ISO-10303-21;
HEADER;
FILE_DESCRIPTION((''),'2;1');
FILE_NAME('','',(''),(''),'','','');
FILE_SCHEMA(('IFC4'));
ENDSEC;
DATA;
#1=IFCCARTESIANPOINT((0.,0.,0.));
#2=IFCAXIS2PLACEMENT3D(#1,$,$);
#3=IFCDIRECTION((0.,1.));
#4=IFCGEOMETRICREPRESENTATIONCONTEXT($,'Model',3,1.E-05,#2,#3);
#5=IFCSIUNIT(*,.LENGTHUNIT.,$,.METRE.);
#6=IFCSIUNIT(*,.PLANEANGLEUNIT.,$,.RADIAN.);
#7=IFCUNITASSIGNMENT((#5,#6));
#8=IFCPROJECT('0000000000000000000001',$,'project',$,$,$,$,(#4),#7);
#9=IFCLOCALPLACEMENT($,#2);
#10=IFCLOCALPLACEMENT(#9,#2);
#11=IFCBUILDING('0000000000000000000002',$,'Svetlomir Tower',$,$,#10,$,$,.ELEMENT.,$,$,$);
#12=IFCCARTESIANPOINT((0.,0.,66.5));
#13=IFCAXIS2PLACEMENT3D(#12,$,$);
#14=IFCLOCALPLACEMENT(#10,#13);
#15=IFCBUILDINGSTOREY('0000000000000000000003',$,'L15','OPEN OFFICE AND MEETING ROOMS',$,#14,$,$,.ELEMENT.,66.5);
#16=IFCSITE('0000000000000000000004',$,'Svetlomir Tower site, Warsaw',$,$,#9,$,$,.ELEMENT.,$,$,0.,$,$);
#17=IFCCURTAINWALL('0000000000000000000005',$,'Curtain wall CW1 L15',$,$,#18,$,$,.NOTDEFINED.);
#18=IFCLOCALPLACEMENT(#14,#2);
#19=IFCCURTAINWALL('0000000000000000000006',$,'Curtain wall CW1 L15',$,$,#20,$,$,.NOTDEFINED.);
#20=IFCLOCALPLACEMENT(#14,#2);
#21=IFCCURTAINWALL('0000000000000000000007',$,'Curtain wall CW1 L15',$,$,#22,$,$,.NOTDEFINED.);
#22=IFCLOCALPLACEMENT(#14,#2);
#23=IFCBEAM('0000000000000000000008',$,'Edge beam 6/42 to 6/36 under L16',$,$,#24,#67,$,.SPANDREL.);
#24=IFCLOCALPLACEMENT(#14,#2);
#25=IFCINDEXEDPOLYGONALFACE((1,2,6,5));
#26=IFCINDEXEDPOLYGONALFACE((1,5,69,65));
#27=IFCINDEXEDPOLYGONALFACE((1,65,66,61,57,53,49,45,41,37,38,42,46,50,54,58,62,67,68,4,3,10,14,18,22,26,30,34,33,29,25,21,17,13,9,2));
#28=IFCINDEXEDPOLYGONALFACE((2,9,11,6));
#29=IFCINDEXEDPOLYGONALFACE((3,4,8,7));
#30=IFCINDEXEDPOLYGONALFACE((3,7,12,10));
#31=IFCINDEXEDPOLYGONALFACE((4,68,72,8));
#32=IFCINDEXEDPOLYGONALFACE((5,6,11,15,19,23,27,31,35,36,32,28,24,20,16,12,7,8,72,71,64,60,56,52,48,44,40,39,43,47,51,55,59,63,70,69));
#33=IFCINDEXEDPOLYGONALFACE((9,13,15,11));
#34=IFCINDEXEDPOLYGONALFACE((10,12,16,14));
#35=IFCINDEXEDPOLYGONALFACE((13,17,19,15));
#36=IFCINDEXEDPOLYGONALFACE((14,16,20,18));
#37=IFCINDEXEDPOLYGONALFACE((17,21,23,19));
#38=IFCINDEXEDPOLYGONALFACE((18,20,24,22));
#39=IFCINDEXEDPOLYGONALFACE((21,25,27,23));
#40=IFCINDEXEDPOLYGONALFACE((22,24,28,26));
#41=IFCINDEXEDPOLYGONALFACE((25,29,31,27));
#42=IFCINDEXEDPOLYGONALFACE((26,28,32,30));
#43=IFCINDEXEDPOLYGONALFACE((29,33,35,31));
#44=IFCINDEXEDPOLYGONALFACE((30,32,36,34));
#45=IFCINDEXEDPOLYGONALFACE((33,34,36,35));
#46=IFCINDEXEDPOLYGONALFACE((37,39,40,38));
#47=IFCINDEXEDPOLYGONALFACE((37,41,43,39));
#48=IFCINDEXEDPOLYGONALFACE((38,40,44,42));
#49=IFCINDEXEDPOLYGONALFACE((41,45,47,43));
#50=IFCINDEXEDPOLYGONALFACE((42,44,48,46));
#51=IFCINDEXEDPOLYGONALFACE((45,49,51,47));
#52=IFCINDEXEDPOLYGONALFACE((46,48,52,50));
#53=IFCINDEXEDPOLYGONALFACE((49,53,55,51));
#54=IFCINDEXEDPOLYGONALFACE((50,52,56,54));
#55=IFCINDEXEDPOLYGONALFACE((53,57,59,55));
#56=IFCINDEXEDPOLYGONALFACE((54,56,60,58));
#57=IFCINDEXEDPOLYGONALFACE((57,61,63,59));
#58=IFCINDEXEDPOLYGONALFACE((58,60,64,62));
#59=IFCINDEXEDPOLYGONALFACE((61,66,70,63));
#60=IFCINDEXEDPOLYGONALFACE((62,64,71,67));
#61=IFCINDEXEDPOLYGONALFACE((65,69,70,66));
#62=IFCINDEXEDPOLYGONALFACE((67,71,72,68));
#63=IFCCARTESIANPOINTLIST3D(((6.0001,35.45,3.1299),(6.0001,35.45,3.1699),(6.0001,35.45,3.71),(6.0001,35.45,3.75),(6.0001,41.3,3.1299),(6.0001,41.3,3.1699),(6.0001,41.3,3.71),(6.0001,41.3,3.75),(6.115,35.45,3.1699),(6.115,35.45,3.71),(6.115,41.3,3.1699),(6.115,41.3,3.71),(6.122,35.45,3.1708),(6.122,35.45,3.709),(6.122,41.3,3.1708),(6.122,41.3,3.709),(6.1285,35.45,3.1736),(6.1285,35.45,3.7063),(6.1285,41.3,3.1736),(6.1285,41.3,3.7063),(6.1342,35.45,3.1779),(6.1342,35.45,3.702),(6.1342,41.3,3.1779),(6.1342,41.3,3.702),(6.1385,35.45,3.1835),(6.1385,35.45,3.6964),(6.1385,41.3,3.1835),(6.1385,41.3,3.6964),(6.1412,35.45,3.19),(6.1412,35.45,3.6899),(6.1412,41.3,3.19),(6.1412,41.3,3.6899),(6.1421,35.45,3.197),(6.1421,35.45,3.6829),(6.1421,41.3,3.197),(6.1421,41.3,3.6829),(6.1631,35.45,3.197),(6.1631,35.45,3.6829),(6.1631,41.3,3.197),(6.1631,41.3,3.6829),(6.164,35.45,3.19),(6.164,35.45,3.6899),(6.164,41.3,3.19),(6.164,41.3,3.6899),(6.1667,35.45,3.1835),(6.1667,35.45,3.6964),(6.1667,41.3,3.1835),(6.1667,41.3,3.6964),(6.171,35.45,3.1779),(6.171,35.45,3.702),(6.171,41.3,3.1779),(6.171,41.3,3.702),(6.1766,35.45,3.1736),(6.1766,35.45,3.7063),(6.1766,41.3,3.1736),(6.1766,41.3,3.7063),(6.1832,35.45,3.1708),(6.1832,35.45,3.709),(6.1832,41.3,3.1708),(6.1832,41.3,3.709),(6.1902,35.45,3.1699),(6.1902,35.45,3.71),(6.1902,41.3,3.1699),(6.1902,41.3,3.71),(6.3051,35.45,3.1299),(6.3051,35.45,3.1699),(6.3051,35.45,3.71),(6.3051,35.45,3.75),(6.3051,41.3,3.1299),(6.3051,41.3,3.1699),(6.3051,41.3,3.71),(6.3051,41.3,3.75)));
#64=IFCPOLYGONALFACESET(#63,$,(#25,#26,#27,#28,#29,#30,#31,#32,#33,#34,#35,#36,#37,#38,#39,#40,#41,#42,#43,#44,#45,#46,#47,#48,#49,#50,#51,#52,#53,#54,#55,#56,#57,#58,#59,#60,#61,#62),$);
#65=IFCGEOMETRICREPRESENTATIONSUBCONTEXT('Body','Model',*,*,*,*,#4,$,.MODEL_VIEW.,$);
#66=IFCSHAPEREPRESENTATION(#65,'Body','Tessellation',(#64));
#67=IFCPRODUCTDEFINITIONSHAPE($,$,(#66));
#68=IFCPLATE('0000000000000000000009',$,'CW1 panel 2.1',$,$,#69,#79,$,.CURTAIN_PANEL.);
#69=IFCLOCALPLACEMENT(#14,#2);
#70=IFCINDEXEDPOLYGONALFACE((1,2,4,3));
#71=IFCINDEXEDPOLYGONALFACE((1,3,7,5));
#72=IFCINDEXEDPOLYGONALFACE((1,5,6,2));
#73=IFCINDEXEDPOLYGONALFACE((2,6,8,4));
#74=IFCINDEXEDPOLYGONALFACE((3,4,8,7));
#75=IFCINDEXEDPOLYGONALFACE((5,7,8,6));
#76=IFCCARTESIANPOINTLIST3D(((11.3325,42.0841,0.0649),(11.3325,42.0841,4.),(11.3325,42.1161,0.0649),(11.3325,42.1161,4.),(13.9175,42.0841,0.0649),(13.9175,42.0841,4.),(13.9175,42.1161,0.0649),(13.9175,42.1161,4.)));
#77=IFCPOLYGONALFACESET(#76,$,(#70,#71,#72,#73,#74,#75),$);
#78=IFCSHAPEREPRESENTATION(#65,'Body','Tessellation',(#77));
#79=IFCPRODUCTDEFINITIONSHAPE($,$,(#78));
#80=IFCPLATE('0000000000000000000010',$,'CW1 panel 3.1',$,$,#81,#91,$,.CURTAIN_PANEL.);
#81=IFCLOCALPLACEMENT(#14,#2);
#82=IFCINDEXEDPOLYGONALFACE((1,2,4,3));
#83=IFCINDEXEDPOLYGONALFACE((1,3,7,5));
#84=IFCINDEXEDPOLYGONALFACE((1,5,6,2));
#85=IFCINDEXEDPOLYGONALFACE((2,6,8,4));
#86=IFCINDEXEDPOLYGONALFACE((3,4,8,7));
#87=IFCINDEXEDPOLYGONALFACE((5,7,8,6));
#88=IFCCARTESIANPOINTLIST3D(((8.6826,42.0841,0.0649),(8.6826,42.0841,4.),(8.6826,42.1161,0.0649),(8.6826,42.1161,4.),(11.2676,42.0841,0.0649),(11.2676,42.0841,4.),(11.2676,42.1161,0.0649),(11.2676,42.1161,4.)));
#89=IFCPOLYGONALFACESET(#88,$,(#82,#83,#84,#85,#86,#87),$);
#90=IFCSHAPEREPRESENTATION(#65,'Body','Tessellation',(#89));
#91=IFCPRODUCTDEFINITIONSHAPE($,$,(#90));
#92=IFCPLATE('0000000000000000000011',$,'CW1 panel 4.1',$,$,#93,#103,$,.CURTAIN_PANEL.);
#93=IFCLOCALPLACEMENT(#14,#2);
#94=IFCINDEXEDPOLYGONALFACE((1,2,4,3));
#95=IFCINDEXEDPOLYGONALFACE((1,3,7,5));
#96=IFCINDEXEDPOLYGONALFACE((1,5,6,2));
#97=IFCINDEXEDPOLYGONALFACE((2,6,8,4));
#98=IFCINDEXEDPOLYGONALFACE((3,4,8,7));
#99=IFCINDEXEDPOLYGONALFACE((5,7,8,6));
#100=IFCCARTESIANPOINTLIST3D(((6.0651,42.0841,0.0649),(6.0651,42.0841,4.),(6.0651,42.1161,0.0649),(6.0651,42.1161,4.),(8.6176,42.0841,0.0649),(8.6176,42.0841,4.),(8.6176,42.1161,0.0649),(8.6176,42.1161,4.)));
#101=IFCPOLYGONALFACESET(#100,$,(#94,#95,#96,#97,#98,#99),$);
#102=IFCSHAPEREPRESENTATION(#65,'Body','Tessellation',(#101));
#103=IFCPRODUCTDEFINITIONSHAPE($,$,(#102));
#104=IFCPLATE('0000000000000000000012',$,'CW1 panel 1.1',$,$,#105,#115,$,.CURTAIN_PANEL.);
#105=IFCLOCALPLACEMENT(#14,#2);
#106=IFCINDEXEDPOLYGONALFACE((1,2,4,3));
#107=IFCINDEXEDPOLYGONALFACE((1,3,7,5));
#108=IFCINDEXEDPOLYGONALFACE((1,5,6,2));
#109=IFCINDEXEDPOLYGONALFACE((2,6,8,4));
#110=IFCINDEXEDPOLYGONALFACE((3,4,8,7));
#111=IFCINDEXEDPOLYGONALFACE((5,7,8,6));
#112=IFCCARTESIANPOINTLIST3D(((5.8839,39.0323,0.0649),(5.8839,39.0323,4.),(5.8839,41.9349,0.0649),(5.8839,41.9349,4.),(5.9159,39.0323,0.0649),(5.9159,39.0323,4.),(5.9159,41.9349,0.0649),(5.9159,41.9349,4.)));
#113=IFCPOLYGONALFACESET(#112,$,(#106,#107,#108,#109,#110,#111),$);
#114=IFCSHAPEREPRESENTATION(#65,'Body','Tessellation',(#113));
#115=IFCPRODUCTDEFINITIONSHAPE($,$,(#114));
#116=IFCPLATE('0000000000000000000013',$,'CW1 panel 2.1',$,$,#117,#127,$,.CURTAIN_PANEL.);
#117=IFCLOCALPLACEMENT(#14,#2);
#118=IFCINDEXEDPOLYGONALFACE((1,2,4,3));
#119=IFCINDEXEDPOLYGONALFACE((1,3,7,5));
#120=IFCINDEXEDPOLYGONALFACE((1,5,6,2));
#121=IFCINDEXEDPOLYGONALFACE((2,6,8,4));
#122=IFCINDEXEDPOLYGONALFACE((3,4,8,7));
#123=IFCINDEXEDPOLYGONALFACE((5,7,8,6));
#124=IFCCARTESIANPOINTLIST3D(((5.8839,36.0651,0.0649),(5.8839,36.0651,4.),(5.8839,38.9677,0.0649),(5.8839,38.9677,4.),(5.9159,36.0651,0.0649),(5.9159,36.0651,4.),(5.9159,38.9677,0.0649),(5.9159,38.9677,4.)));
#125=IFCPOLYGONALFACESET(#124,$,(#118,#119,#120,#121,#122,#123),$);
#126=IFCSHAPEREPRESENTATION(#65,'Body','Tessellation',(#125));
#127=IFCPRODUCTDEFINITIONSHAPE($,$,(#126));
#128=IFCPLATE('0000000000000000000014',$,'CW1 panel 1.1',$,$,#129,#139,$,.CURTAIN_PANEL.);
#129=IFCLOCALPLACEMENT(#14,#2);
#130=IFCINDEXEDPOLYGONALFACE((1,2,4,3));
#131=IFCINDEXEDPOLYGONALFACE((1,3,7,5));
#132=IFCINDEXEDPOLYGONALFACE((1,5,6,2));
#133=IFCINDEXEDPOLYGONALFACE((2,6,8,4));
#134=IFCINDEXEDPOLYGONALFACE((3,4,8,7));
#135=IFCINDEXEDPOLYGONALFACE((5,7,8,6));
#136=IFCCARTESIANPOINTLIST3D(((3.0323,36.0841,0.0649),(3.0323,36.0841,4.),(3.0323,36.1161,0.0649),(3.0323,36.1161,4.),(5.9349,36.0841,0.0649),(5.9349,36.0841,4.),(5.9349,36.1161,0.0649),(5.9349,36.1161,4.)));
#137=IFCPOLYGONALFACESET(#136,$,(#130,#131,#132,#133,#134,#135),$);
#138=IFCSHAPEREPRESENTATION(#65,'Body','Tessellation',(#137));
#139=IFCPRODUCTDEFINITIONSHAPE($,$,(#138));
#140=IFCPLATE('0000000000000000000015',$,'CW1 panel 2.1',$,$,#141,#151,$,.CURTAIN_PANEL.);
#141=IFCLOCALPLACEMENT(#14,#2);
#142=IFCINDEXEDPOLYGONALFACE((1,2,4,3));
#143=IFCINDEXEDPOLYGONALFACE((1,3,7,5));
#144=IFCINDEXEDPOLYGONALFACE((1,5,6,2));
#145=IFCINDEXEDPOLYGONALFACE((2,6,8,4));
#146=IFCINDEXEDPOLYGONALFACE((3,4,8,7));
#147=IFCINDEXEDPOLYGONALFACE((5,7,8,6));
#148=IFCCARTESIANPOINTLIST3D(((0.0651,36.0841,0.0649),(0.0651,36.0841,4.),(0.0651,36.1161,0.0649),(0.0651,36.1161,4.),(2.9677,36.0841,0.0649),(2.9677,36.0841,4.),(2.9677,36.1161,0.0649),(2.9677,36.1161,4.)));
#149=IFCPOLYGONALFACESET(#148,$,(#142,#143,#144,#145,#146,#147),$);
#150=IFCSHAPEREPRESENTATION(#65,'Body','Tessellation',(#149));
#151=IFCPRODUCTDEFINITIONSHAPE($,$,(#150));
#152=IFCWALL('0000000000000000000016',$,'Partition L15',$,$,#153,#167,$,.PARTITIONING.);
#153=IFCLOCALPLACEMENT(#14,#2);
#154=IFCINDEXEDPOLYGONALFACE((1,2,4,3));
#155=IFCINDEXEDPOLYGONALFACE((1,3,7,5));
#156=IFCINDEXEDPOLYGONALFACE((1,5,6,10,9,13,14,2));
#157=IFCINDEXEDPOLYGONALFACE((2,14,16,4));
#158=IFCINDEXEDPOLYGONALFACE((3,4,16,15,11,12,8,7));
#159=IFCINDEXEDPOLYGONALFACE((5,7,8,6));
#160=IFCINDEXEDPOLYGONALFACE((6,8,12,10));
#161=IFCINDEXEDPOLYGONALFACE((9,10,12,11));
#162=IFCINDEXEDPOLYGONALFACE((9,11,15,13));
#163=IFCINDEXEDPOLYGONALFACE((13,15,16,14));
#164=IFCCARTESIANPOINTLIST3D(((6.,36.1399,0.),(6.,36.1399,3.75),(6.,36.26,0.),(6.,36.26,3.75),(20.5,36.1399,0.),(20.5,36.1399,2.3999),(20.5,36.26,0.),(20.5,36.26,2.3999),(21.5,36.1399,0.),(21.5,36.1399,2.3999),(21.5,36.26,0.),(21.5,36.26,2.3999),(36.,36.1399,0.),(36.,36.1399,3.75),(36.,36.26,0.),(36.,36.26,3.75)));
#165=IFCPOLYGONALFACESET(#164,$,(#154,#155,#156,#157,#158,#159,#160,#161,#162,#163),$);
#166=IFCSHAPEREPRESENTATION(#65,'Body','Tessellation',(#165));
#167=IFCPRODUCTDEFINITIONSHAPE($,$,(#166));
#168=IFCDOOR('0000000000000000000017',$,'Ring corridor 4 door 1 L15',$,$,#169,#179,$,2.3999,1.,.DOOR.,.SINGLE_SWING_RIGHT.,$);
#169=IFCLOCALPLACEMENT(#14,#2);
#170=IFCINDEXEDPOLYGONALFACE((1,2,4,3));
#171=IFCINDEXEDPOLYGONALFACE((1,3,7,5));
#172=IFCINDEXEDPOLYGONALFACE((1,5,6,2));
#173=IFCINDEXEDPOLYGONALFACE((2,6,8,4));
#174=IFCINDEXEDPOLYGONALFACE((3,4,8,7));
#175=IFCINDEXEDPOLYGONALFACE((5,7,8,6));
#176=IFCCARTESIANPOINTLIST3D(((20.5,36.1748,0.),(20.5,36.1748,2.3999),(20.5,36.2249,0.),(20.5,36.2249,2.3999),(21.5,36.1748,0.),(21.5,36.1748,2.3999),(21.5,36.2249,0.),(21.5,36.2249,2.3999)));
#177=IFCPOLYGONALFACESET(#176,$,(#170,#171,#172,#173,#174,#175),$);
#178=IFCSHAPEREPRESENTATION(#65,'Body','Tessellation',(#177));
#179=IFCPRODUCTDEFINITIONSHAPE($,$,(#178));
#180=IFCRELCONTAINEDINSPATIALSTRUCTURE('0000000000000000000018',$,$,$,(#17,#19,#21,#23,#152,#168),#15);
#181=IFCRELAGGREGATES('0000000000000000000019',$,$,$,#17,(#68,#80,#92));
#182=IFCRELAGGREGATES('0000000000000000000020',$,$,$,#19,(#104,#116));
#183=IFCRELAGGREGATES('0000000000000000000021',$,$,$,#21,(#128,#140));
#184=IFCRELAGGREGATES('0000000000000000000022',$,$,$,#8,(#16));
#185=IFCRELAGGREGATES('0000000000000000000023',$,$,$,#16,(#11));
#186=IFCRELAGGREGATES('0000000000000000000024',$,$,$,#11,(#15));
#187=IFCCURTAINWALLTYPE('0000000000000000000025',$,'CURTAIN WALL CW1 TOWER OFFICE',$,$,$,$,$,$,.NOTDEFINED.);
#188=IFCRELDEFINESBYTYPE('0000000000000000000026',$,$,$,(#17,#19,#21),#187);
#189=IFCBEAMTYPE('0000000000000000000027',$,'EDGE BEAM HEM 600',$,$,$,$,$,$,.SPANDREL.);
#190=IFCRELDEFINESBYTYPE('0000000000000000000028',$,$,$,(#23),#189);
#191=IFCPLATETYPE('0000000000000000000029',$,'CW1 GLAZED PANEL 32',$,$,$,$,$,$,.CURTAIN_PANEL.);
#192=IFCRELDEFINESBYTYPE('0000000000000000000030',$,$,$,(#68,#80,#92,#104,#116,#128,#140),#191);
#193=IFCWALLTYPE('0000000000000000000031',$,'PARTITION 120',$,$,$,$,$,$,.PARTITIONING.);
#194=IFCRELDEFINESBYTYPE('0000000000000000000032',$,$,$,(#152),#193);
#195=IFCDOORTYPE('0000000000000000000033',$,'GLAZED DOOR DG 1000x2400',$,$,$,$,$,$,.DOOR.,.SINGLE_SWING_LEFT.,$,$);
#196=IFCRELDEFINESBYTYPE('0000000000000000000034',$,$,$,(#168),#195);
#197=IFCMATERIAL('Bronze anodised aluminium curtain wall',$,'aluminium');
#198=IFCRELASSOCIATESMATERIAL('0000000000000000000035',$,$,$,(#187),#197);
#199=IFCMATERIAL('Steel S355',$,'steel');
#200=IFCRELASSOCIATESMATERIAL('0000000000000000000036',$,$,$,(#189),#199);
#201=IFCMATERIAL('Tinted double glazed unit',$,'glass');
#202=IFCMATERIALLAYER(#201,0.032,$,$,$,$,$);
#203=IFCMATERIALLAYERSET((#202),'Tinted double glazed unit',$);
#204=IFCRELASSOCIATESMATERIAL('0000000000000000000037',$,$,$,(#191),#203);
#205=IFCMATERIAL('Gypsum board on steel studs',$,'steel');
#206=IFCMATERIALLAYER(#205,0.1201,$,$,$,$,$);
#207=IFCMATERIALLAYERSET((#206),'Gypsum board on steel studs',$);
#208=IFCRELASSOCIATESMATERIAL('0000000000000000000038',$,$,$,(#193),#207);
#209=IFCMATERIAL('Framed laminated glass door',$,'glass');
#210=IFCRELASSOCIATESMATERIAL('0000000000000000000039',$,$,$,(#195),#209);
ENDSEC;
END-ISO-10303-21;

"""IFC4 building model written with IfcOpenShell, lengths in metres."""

from ifc_helpers import new_model, si_unit, direction, frame, frame_2d, origin, origin_2d, place, context, subcontext, project, spatial, rectangle, i_section, extrude, material, layer, layer_set, material_profile, profile_set, type_object, element, fill, aggregate, save


model = new_model("IFC4")

# Units and contexts
model_context = context("Model", 3, precision=1e-05, world=origin(), true_north=direction((0.0, 1.0)))
body_context = subcontext(model_context, "Body", "Model", "MODEL_VIEW")
ifc_project = project(units=[si_unit("LENGTHUNIT", "METRE"), si_unit("PLANEANGLEUNIT", "RADIAN")], contexts=[model_context])

# Site, building, storey
site_placement = place(None, origin())
site = spatial("IfcSite", under=ifc_project, at=site_placement, Name="Svetlomir Tower site, Warsaw", CompositionType="ELEMENT", RefElevation=0.0)
building_placement = place(site_placement, origin())
building = spatial("IfcBuilding", under=site, at=building_placement, Name="Svetlomir Tower", CompositionType="ELEMENT")
storey_placement = place(building_placement, frame((0.0, 0.0, 66.5)))
storey = spatial("IfcBuildingStorey", under=building, at=storey_placement, Name="L15", Description="OPEN OFFICE AND MEETING ROOMS", CompositionType="ELEMENT", Elevation=66.5)

# Curtain walls
ifc_material_1 = material(Name="Bronze anodised aluminium curtain wall", Category="aluminium")
curtain_wall_type = type_object("IfcCurtainWallType", Name="CURTAIN WALL CW1 TOWER OFFICE", PredefinedType="NOTDEFINED", material=ifc_material_1)
curtain_wall_1_placement = place(storey_placement, origin())
curtain_wall_1 = element("IfcCurtainWall", 1, at=curtain_wall_1_placement, inside=storey, type_object=curtain_wall_type, Name="Curtain wall CW1 L15", PredefinedType="NOTDEFINED")
curtain_wall_2_placement = place(storey_placement, origin())
curtain_wall_2 = element("IfcCurtainWall", 2, at=curtain_wall_2_placement, inside=storey, type_object=curtain_wall_type, Name="Curtain wall CW1 L15", PredefinedType="NOTDEFINED")
curtain_wall_3_placement = place(storey_placement, origin())
curtain_wall_3 = element("IfcCurtainWall", 3, at=curtain_wall_3_placement, inside=storey, type_object=curtain_wall_type, Name="Curtain wall CW1 L15", PredefinedType="NOTDEFINED")

# Beam
ifc_material_2 = material(Name="Steel S355", Category="steel")
ifc_material_profile_1 = material_profile(ifc_material_2, i_section(OverallWidth=0.3049, OverallDepth=0.6201, WebThickness=0.021, FlangeThickness=0.04, FilletRadius=0.0271, at=origin_2d()), Name="HEM 600")
ifc_profile_set_1 = profile_set([ifc_material_profile_1], Name="Steel S355")
beam_type = type_object("IfcBeamType", Name="EDGE BEAM HEM 600", PredefinedType="SPANDREL", material=ifc_profile_set_1)
beam_1_placement = place(storey_placement, frame((6.1526, 41.3, 3.4399), z_axis=(0.0, -1.0, 0.0), x_axis=(1.0, 0.0, 0.0)))
element("IfcBeam", 4, at=beam_1_placement, inside=storey, type_object=beam_type, Name="Edge beam 6/42 to 6/36 under L16", PredefinedType="SPANDREL", context=body_context, shape_type="SweptSolid", body=[
    extrude(i_section(OverallWidth=0.3049, OverallDepth=0.6201, WebThickness=0.021, FlangeThickness=0.04, FilletRadius=0.0271, at=origin_2d()), origin(), (0.0, 0.0, 1.0), 5.8501),
])

# Plates
ifc_material_3 = material(Name="Tinted double glazed unit", Category="glass")
ifc_layer_1 = layer(ifc_material_3, 0.032)
ifc_layer_set_1 = layer_set([ifc_layer_1], Name="Tinted double glazed unit")
plate_type = type_object("IfcPlateType", Name="CW1 GLAZED PANEL 32", PredefinedType="CURTAIN_PANEL", material=ifc_layer_set_1)
plate_1_placement = place(storey_placement, frame((12.625, 42.1001, 0.0649), z_axis=(0.0, 0.0, 1.0), x_axis=(-1.0, 0.0, 0.0)))
plate_1 = element("IfcPlate", 5, at=plate_1_placement, type_object=plate_type, Name="CW1 panel 2.1", PredefinedType="CURTAIN_PANEL", context=body_context, shape_type="SweptSolid", body=[
    extrude(rectangle(XDim=2.585, YDim=0.032, at=origin_2d()), origin(), (0.0, 0.0, 1.0), 3.9351),
])
plate_2_placement = place(storey_placement, frame((9.9751, 42.1001, 0.0649), z_axis=(0.0, 0.0, 1.0), x_axis=(-1.0, 0.0, 0.0)))
plate_2 = element("IfcPlate", 6, at=plate_2_placement, type_object=plate_type, Name="CW1 panel 3.1", PredefinedType="CURTAIN_PANEL", context=body_context, shape_type="SweptSolid", body=[
    extrude(rectangle(XDim=2.585, YDim=0.032, at=origin_2d()), origin(), (0.0, 0.0, 1.0), 3.9351),
])
plate_3_placement = place(storey_placement, frame((7.3413, 42.1001, 0.0649), z_axis=(0.0, 0.0, 1.0), x_axis=(-1.0, 0.0, 0.0)))
plate_3 = element("IfcPlate", 7, at=plate_3_placement, type_object=plate_type, Name="CW1 panel 4.1", PredefinedType="CURTAIN_PANEL", context=body_context, shape_type="SweptSolid", body=[
    extrude(rectangle(XDim=2.5525, YDim=0.032, at=origin_2d()), origin(), (0.0, 0.0, 1.0), 3.9351),
])
aggregate(curtain_wall_1, [plate_1, plate_2, plate_3])
plate_4_placement = place(storey_placement, frame((5.8999, 40.4836, 0.0649), z_axis=(0.0, 0.0, 1.0), x_axis=(0.0, -1.0, 0.0)))
plate_4 = element("IfcPlate", 8, at=plate_4_placement, type_object=plate_type, Name="CW1 panel 1.1", PredefinedType="CURTAIN_PANEL", context=body_context, shape_type="SweptSolid", body=[
    extrude(rectangle(XDim=2.9026, YDim=0.032, at=origin_2d()), origin(), (0.0, 0.0, 1.0), 3.9351),
])
plate_5_placement = place(storey_placement, frame((5.8999, 37.5164, 0.0649), z_axis=(0.0, 0.0, 1.0), x_axis=(0.0, -1.0, 0.0)))
plate_5 = element("IfcPlate", 9, at=plate_5_placement, type_object=plate_type, Name="CW1 panel 2.1", PredefinedType="CURTAIN_PANEL", context=body_context, shape_type="SweptSolid", body=[
    extrude(rectangle(XDim=2.9026, YDim=0.032, at=origin_2d()), origin(), (0.0, 0.0, 1.0), 3.9351),
])
aggregate(curtain_wall_2, [plate_4, plate_5])
plate_6_placement = place(storey_placement, frame((4.4836, 36.1001, 0.0649), z_axis=(0.0, 0.0, 1.0), x_axis=(-1.0, 0.0, 0.0)))
plate_6 = element("IfcPlate", 10, at=plate_6_placement, type_object=plate_type, Name="CW1 panel 1.1", PredefinedType="CURTAIN_PANEL", context=body_context, shape_type="SweptSolid", body=[
    extrude(rectangle(XDim=2.9026, YDim=0.032, at=origin_2d()), origin(), (0.0, 0.0, 1.0), 3.9351),
])
plate_7_placement = place(storey_placement, frame((1.5164, 36.1001, 0.0649), z_axis=(0.0, 0.0, 1.0), x_axis=(-1.0, 0.0, 0.0)))
plate_7 = element("IfcPlate", 11, at=plate_7_placement, type_object=plate_type, Name="CW1 panel 2.1", PredefinedType="CURTAIN_PANEL", context=body_context, shape_type="SweptSolid", body=[
    extrude(rectangle(XDim=2.9026, YDim=0.032, at=origin_2d()), origin(), (0.0, 0.0, 1.0), 3.9351),
])
aggregate(curtain_wall_3, [plate_6, plate_7])

# Wall, opening, door
ifc_material_4 = material(Name="Gypsum board on steel studs", Category="steel")
ifc_layer_2 = layer(ifc_material_4, 0.1201)
ifc_layer_set_2 = layer_set([ifc_layer_2], Name="Gypsum board on steel studs")
wall_type = type_object("IfcWallType", Name="PARTITION 120", PredefinedType="PARTITIONING", material=ifc_layer_set_2)
wall_placement = place(storey_placement, frame((6.0, 36.2, 0.0), z_axis=(0.0, 0.0, 1.0), x_axis=(1.0, 0.0, 0.0)))
wall = element("IfcWall", 12, at=wall_placement, inside=storey, type_object=wall_type, Name="Partition L15", PredefinedType="PARTITIONING", context=body_context, shape_type="SweptSolid", body=[
    extrude(rectangle(XDim=30.0, YDim=0.1201, at=frame_2d((15.0, 0.0))), origin(), (0.0, 0.0, 1.0), 3.75),
])
opening_placement = place(wall_placement, frame((14.5, 0.0, 0.0)))
opening = element("IfcOpeningElement", 13, at=opening_placement, cuts=wall, PredefinedType="OPENING", context=body_context, shape_type="SweptSolid", body=[
    extrude(rectangle(XDim=1.0, YDim=2.3999, at=frame_2d((0.5, 1.2))), frame((0.0, 0.0701, 0.0), z_axis=(0.0, -1.0, 0.0), x_axis=(1.0, 0.0, 0.0)), (0.0, 0.0, 1.0), 0.1401),
])
ifc_material_5 = material(Name="Framed laminated glass door", Category="glass")
door_type = type_object("IfcDoorType", Name="GLAZED DOOR DG 1000x2400", OperationType="SINGLE_SWING_LEFT", PredefinedType="DOOR", material=ifc_material_5)
door_placement = place(opening_placement, origin())
door = element("IfcDoor", 14, at=door_placement, inside=storey, type_object=door_type, Name="Ring corridor 4 door 1 L15", OperationType="SINGLE_SWING_RIGHT", OverallHeight=2.3999, OverallWidth=1.0, PredefinedType="DOOR", context=body_context, shape_type="SweptSolid", body=[
    extrude(rectangle(XDim=1.0, YDim=2.3999, at=frame_2d((0.5, 1.2))), frame((0.0, 0.0249, 0.0), z_axis=(0.0, -1.0, 0.0), x_axis=(1.0, 0.0, 0.0)), (0.0, 0.0, 1.0), 0.05),
])
fill(opening, door)

save(model, "model.ifc")
